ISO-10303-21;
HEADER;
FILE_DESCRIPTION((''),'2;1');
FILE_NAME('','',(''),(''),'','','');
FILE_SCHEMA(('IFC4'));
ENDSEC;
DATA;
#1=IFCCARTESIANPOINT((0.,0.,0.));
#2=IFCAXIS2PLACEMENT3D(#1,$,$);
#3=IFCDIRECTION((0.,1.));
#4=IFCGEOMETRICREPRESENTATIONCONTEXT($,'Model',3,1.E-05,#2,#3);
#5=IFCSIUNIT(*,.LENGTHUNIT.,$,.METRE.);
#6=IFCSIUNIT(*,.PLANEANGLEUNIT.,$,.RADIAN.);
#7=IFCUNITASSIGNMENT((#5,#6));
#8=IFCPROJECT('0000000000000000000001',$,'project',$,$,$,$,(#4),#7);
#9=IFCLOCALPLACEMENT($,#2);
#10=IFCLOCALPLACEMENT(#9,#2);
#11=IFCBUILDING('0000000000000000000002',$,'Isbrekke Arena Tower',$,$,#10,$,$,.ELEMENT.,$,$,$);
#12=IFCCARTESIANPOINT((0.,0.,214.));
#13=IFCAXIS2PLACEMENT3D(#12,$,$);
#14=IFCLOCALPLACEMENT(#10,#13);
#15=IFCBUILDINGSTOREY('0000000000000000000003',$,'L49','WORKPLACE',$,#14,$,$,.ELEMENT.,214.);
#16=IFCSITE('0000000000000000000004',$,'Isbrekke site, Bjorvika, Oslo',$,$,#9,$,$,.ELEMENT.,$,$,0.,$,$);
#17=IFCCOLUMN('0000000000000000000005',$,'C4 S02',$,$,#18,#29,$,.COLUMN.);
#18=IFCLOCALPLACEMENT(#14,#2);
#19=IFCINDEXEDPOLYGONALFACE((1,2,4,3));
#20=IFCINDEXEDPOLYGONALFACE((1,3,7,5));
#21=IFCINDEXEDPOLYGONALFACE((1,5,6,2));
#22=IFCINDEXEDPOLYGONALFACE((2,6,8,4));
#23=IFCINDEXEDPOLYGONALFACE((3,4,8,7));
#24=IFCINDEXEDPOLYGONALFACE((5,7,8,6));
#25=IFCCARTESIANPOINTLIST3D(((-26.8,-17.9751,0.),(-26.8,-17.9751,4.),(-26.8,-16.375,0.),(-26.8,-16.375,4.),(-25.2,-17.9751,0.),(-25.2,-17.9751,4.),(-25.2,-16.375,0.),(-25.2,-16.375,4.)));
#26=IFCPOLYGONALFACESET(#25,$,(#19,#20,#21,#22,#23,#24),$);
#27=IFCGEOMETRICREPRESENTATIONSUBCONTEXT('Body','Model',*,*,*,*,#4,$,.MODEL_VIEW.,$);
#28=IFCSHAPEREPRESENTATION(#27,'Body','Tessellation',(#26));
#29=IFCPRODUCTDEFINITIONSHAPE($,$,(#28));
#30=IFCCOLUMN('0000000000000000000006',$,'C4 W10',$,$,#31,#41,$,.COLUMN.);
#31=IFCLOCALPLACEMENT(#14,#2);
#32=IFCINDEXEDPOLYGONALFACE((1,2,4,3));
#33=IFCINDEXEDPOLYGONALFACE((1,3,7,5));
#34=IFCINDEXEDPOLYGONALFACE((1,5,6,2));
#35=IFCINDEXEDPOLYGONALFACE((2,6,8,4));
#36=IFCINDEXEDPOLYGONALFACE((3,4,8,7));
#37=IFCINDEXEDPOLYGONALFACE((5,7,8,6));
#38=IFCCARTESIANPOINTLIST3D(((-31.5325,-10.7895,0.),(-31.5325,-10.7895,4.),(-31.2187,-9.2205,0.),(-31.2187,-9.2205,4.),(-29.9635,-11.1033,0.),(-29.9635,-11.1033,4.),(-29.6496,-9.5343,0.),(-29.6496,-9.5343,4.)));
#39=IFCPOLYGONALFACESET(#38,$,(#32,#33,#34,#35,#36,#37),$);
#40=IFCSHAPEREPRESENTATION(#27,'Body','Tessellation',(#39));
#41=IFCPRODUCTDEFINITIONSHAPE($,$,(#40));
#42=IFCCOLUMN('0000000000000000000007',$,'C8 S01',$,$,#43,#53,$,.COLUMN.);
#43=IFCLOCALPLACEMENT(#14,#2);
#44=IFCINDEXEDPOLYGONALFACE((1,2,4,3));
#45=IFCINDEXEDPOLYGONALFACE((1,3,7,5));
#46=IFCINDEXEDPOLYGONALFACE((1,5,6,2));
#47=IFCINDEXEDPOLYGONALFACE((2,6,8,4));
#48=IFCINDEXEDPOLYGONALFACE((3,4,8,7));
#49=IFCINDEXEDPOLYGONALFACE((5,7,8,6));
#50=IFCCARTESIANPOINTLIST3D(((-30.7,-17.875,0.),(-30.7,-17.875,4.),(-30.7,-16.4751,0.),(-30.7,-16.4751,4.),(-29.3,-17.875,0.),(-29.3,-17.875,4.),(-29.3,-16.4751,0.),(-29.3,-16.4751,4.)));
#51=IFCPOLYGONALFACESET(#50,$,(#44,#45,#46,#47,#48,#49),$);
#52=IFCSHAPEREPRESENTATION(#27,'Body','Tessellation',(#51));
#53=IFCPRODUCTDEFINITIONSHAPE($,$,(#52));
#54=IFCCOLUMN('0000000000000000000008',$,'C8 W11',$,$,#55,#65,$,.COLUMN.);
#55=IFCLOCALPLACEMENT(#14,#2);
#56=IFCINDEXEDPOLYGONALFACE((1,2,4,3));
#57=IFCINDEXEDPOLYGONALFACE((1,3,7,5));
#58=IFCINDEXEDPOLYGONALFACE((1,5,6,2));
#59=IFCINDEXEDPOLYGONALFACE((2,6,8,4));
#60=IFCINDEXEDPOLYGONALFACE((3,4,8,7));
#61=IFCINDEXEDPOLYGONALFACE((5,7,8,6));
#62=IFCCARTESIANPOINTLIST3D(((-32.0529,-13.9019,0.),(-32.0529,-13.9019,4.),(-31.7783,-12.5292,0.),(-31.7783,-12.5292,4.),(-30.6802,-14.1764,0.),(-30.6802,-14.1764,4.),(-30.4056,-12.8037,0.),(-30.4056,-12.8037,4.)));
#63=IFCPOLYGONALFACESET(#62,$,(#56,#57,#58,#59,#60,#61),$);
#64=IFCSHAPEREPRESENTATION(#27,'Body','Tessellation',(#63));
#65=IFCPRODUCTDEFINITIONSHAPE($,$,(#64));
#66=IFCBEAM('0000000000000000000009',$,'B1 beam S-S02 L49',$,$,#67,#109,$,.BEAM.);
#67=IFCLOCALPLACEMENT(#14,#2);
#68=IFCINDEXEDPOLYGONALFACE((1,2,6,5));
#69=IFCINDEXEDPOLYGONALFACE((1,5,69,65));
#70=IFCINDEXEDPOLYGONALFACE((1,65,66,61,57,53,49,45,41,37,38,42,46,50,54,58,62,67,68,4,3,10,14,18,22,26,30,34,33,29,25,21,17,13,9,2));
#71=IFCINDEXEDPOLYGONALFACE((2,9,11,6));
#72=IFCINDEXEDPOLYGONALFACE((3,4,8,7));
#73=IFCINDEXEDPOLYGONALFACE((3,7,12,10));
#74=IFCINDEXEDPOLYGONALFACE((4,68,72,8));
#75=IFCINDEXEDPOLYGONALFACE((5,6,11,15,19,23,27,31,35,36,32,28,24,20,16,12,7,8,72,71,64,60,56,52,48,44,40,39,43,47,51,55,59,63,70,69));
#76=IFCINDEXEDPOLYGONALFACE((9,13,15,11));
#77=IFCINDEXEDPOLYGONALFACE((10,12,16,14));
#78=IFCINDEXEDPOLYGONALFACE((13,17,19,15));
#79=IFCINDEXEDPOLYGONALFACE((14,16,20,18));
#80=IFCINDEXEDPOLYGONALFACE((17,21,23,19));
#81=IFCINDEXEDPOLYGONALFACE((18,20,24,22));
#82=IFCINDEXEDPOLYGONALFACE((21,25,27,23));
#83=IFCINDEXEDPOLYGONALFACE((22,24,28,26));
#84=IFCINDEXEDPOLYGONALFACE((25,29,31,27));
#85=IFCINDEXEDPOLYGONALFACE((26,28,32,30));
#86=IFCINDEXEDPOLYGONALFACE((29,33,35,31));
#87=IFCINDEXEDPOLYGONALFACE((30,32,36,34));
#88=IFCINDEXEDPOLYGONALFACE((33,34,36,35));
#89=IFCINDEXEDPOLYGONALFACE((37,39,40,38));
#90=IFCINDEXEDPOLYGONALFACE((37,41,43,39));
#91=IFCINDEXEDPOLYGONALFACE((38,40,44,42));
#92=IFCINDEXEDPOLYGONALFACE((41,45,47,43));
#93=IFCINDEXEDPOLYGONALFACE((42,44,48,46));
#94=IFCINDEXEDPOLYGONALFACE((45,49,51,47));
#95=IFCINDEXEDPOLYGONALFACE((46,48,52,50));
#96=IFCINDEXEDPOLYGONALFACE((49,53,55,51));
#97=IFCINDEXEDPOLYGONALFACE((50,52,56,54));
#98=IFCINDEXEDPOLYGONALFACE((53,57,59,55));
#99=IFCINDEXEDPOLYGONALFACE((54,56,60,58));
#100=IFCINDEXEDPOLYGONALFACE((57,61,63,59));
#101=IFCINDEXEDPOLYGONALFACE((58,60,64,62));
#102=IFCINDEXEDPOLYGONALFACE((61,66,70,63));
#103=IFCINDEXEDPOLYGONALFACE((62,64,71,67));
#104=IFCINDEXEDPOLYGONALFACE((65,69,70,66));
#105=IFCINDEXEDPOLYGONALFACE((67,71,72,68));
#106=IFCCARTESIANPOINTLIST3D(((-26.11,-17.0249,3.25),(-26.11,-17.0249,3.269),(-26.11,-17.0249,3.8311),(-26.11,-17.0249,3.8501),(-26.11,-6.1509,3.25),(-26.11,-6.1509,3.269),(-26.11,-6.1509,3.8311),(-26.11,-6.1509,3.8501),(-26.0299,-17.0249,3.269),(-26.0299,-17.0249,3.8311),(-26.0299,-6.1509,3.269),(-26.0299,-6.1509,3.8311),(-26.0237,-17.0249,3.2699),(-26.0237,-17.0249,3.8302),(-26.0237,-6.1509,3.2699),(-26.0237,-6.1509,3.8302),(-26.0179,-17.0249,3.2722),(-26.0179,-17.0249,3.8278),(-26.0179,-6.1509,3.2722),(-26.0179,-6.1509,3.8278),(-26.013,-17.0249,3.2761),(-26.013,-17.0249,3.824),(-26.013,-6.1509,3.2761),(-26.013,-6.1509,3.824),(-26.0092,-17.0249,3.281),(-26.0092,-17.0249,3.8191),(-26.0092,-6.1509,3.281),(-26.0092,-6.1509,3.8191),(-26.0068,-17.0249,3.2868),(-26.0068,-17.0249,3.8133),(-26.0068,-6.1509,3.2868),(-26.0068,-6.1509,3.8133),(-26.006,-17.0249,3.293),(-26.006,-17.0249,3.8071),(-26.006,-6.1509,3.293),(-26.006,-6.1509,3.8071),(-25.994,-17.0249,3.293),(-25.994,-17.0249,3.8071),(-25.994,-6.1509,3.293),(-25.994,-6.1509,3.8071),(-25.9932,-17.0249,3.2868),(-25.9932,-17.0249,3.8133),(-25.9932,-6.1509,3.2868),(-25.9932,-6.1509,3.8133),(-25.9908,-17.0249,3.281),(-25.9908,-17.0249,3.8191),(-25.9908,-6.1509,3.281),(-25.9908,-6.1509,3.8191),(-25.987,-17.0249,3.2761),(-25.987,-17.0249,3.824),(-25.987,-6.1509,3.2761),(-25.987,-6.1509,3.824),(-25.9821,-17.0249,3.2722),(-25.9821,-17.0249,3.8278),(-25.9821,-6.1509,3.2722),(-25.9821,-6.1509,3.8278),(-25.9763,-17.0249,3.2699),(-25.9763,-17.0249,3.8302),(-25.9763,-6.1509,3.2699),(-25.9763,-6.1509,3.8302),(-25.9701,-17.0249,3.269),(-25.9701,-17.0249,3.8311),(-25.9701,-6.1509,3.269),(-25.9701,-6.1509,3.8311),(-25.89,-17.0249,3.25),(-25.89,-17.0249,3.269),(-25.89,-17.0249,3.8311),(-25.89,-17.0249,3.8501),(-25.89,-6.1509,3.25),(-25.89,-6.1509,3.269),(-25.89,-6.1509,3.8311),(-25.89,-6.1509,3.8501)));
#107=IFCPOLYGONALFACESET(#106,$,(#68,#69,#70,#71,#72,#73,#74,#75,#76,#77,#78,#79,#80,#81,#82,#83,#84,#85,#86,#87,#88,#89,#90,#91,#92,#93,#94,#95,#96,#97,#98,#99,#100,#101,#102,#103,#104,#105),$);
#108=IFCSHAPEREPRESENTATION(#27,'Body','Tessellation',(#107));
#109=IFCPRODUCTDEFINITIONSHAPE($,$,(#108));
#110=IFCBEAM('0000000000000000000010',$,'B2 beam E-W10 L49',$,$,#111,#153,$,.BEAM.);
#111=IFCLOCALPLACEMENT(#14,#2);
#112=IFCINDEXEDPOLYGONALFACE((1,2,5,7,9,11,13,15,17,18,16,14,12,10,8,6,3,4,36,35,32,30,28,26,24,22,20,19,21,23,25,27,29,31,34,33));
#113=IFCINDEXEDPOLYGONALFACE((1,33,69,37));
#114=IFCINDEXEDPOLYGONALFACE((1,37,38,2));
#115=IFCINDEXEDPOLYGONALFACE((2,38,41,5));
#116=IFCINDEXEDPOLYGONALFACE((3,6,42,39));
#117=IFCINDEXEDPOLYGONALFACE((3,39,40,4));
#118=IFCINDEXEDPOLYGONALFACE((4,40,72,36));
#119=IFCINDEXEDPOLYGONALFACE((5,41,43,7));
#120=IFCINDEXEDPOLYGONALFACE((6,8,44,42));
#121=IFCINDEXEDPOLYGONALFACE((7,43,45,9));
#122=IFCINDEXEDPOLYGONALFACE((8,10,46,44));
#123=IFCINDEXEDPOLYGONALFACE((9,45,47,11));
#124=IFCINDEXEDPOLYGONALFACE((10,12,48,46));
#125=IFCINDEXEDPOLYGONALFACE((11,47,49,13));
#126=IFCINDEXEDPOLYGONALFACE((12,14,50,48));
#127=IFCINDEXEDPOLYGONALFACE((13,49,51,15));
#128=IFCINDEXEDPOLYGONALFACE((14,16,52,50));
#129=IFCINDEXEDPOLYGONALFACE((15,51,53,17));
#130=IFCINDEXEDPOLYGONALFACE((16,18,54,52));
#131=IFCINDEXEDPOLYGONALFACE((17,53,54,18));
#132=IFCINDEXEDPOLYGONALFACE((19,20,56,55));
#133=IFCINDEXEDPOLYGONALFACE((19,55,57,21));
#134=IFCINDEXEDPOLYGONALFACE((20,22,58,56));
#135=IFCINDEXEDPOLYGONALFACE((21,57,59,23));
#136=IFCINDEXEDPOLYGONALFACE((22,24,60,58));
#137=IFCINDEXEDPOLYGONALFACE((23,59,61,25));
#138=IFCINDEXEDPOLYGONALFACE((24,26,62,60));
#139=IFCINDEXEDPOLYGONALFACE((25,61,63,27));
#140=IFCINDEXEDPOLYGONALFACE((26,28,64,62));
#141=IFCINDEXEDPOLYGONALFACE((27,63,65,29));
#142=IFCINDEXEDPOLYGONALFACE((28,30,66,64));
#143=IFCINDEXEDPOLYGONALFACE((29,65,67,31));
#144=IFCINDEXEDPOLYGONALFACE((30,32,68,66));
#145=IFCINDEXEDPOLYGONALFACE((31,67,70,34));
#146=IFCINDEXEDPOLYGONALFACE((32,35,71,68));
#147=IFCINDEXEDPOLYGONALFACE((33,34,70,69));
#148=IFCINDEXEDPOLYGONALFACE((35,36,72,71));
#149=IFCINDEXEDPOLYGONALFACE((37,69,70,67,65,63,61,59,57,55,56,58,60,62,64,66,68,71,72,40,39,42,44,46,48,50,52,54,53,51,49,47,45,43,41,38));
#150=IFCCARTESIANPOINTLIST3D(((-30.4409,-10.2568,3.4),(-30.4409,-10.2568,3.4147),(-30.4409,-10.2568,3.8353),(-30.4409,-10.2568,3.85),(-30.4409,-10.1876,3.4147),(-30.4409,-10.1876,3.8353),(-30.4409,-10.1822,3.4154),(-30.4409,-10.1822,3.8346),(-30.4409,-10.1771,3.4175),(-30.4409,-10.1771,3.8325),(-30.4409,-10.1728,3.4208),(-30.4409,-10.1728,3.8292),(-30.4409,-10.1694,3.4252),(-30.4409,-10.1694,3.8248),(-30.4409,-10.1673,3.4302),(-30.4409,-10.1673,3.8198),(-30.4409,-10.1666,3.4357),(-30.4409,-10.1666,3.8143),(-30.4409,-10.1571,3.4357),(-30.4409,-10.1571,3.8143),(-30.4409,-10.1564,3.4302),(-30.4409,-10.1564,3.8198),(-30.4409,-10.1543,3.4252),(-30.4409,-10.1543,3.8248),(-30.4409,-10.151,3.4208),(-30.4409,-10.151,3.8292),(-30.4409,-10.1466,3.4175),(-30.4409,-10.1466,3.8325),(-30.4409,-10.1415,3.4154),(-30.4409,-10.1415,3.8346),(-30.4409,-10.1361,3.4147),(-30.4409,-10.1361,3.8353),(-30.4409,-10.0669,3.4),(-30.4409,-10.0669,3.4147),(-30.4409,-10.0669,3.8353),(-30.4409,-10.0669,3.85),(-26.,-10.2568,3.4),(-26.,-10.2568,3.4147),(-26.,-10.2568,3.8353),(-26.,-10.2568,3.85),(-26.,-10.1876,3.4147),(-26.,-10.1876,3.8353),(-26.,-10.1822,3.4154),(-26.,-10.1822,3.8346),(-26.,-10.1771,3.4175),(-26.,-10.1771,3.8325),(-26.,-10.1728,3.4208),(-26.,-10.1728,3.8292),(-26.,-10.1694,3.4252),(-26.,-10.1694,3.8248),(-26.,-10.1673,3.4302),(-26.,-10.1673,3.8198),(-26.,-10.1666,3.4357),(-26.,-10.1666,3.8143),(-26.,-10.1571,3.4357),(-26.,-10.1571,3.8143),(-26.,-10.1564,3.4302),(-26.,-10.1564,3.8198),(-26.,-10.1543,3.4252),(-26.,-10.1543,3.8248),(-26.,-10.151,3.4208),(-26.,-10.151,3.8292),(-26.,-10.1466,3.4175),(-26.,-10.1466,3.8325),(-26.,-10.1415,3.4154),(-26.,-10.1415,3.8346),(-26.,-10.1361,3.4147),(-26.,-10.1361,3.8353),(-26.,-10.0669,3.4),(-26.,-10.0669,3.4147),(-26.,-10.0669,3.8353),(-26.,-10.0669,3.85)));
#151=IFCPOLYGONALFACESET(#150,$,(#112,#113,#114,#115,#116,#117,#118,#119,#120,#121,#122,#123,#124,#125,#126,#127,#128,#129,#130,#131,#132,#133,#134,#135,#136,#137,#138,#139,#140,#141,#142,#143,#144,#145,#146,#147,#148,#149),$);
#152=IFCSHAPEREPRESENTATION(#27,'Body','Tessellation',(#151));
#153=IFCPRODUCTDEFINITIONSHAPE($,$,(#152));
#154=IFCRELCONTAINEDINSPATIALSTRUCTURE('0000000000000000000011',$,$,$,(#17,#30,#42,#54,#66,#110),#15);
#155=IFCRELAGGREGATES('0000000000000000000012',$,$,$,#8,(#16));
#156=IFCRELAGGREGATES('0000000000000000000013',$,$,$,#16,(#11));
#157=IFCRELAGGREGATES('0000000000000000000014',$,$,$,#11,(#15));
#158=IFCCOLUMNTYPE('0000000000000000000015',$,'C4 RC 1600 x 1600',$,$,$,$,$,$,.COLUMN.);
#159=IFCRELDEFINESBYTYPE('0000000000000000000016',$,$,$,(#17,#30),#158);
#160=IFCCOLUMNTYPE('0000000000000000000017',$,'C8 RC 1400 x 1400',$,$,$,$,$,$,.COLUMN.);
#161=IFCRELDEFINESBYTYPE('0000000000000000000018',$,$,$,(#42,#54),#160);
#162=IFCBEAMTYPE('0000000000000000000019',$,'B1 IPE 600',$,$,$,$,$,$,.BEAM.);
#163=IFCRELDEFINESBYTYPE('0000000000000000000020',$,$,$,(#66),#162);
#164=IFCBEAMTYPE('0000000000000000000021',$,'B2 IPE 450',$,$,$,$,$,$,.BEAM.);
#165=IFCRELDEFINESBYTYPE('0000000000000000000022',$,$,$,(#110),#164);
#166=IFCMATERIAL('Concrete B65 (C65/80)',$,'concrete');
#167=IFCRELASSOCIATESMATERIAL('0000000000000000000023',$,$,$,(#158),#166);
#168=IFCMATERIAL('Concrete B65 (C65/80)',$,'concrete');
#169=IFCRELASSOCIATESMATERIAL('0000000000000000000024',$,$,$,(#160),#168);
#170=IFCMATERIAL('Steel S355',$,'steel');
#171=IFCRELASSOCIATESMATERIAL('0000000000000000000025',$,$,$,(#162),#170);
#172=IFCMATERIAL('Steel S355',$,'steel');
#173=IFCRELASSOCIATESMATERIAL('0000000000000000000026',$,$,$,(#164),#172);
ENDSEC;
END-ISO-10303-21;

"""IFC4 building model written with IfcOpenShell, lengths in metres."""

from ifc_helpers import new_model, si_unit, direction, frame, origin, origin_2d, place, context, subcontext, project, spatial, rectangle, i_section, extrude, material, material_profile, profile_set, type_object, element, save


model = new_model("IFC4")

# Units and contexts
model_context = context("Model", 3, precision=1e-05, world=origin(), true_north=direction((0.0, 1.0)))
body_context = subcontext(model_context, "Body", "Model", "MODEL_VIEW")
ifc_project = project(units=[si_unit("LENGTHUNIT", "METRE"), si_unit("PLANEANGLEUNIT", "RADIAN")], contexts=[model_context])

# Site, building, storey
site_placement = place(None, origin())
site = spatial("IfcSite", under=ifc_project, at=site_placement, Name="Isbrekke site, Bjorvika, Oslo", CompositionType="ELEMENT", RefElevation=0.0)
building_placement = place(site_placement, origin())
building = spatial("IfcBuilding", under=site, at=building_placement, Name="Isbrekke Arena Tower", CompositionType="ELEMENT")
storey_placement = place(building_placement, frame((0.0, 0.0, 214.0)))
storey = spatial("IfcBuildingStorey", under=building, at=storey_placement, Name="L49", Description="WORKPLACE", CompositionType="ELEMENT", Elevation=214.0)

# Columns
ifc_material_1 = material(Name="Concrete B65 (C65/80)", Category="concrete")
ifc_material_profile_1 = material_profile(ifc_material_1, rectangle(XDim=1.6001, YDim=1.6001, at=origin_2d()), Name="RC 1600x1600")
ifc_profile_set_1 = profile_set([ifc_material_profile_1], Name="Concrete B65 (C65/80)")
column_type_1 = type_object("IfcColumnType", Name="C4 RC 1600 x 1600", PredefinedType="COLUMN", material=ifc_profile_set_1)
for number, where, z_axis, x_axis, name in (
    (1, (-26.0, -17.175, 0.0), (0.0, 0.0, 1.0), (1.0, 0.0, 0.0), "C4 S02"),
    (2, (-30.5911, -10.1619, 0.0), (0.0, 0.0, 1.0), (-0.196116, -0.980581, 0.0), "C4 W10"),
):
    element("IfcColumn", number, at=place(storey_placement, frame(where, z_axis=z_axis, x_axis=x_axis)), inside=storey, type_object=column_type_1, Name=name, PredefinedType="COLUMN", context=body_context, shape_type="SweptSolid", body=[
        extrude(rectangle(XDim=1.6001, YDim=1.6001, at=origin_2d()), origin(), (0.0, 0.0, 1.0), 4.0),
    ])
ifc_material_2 = material(Name="Concrete B65 (C65/80)", Category="concrete")
ifc_material_profile_2 = material_profile(ifc_material_2, rectangle(XDim=1.3999, YDim=1.3999, at=origin_2d()), Name="RC 1400x1400")
ifc_profile_set_2 = profile_set([ifc_material_profile_2], Name="Concrete B65 (C65/80)")
column_type_2 = type_object("IfcColumnType", Name="C8 RC 1400 x 1400", PredefinedType="COLUMN", material=ifc_profile_set_2)
for number, where, z_axis, x_axis, name in (
    (3, (-30.0, -17.175, 0.0), (0.0, 0.0, 1.0), (1.0, 0.0, 0.0), "C8 S01"),
    (4, (-31.2292, -13.3528, 0.0), (0.0, 0.0, 1.0), (-0.196116, -0.980581, 0.0), "C8 W11"),
):
    element("IfcColumn", number, at=place(storey_placement, frame(where, z_axis=z_axis, x_axis=x_axis)), inside=storey, type_object=column_type_2, Name=name, PredefinedType="COLUMN", context=body_context, shape_type="SweptSolid", body=[
        extrude(rectangle(XDim=1.3999, YDim=1.3999, at=origin_2d()), origin(), (0.0, 0.0, 1.0), 4.0),
    ])

# Beams
ifc_material_3 = material(Name="Steel S355", Category="steel")
ifc_material_profile_3 = material_profile(ifc_material_3, i_section(OverallWidth=0.22, OverallDepth=0.6001, WebThickness=0.012, FlangeThickness=0.019, FilletRadius=0.0239, at=origin_2d()), Name="IPE 600")
ifc_profile_set_3 = profile_set([ifc_material_profile_3], Name="Steel S355")
beam_type_1 = type_object("IfcBeamType", Name="B1 IPE 600", PredefinedType="BEAM", material=ifc_profile_set_3)
beam_1_placement = place(storey_placement, frame((-26.0, -17.0249, 3.55), z_axis=(0.0, 1.0, 0.0), x_axis=(-1.0, 0.0, 0.0)))
element("IfcBeam", 5, at=beam_1_placement, inside=storey, type_object=beam_type_1, Name="B1 beam S-S02 L49", PredefinedType="BEAM", context=body_context, shape_type="SweptSolid", body=[
    extrude(i_section(OverallWidth=0.22, OverallDepth=0.6001, WebThickness=0.012, FlangeThickness=0.019, FilletRadius=0.0239, at=origin_2d()), origin(), (0.0, 0.0, 1.0), 10.874),
])
ifc_material_4 = material(Name="Steel S355", Category="steel")
ifc_material_profile_4 = material_profile(ifc_material_4, i_section(OverallWidth=0.1899, OverallDepth=0.45, WebThickness=0.0095, FlangeThickness=0.0146, FilletRadius=0.021, at=origin_2d()), Name="IPE 450")
ifc_profile_set_4 = profile_set([ifc_material_profile_4], Name="Steel S355")
beam_type_2 = type_object("IfcBeamType", Name="B2 IPE 450", PredefinedType="BEAM", material=ifc_profile_set_4)
beam_2_placement = place(storey_placement, frame((-30.4409, -10.1619, 3.625), z_axis=(1.0, 0.0, 0.0), x_axis=(0.0, 1.0, 0.0)))
element("IfcBeam", 6, at=beam_2_placement, inside=storey, type_object=beam_type_2, Name="B2 beam E-W10 L49", PredefinedType="BEAM", context=body_context, shape_type="SweptSolid", body=[
    extrude(i_section(OverallWidth=0.1899, OverallDepth=0.45, WebThickness=0.0095, FlangeThickness=0.0146, FilletRadius=0.021, at=origin_2d()), origin(), (0.0, 0.0, 1.0), 4.4409),
])

save(model, "model.ifc")
